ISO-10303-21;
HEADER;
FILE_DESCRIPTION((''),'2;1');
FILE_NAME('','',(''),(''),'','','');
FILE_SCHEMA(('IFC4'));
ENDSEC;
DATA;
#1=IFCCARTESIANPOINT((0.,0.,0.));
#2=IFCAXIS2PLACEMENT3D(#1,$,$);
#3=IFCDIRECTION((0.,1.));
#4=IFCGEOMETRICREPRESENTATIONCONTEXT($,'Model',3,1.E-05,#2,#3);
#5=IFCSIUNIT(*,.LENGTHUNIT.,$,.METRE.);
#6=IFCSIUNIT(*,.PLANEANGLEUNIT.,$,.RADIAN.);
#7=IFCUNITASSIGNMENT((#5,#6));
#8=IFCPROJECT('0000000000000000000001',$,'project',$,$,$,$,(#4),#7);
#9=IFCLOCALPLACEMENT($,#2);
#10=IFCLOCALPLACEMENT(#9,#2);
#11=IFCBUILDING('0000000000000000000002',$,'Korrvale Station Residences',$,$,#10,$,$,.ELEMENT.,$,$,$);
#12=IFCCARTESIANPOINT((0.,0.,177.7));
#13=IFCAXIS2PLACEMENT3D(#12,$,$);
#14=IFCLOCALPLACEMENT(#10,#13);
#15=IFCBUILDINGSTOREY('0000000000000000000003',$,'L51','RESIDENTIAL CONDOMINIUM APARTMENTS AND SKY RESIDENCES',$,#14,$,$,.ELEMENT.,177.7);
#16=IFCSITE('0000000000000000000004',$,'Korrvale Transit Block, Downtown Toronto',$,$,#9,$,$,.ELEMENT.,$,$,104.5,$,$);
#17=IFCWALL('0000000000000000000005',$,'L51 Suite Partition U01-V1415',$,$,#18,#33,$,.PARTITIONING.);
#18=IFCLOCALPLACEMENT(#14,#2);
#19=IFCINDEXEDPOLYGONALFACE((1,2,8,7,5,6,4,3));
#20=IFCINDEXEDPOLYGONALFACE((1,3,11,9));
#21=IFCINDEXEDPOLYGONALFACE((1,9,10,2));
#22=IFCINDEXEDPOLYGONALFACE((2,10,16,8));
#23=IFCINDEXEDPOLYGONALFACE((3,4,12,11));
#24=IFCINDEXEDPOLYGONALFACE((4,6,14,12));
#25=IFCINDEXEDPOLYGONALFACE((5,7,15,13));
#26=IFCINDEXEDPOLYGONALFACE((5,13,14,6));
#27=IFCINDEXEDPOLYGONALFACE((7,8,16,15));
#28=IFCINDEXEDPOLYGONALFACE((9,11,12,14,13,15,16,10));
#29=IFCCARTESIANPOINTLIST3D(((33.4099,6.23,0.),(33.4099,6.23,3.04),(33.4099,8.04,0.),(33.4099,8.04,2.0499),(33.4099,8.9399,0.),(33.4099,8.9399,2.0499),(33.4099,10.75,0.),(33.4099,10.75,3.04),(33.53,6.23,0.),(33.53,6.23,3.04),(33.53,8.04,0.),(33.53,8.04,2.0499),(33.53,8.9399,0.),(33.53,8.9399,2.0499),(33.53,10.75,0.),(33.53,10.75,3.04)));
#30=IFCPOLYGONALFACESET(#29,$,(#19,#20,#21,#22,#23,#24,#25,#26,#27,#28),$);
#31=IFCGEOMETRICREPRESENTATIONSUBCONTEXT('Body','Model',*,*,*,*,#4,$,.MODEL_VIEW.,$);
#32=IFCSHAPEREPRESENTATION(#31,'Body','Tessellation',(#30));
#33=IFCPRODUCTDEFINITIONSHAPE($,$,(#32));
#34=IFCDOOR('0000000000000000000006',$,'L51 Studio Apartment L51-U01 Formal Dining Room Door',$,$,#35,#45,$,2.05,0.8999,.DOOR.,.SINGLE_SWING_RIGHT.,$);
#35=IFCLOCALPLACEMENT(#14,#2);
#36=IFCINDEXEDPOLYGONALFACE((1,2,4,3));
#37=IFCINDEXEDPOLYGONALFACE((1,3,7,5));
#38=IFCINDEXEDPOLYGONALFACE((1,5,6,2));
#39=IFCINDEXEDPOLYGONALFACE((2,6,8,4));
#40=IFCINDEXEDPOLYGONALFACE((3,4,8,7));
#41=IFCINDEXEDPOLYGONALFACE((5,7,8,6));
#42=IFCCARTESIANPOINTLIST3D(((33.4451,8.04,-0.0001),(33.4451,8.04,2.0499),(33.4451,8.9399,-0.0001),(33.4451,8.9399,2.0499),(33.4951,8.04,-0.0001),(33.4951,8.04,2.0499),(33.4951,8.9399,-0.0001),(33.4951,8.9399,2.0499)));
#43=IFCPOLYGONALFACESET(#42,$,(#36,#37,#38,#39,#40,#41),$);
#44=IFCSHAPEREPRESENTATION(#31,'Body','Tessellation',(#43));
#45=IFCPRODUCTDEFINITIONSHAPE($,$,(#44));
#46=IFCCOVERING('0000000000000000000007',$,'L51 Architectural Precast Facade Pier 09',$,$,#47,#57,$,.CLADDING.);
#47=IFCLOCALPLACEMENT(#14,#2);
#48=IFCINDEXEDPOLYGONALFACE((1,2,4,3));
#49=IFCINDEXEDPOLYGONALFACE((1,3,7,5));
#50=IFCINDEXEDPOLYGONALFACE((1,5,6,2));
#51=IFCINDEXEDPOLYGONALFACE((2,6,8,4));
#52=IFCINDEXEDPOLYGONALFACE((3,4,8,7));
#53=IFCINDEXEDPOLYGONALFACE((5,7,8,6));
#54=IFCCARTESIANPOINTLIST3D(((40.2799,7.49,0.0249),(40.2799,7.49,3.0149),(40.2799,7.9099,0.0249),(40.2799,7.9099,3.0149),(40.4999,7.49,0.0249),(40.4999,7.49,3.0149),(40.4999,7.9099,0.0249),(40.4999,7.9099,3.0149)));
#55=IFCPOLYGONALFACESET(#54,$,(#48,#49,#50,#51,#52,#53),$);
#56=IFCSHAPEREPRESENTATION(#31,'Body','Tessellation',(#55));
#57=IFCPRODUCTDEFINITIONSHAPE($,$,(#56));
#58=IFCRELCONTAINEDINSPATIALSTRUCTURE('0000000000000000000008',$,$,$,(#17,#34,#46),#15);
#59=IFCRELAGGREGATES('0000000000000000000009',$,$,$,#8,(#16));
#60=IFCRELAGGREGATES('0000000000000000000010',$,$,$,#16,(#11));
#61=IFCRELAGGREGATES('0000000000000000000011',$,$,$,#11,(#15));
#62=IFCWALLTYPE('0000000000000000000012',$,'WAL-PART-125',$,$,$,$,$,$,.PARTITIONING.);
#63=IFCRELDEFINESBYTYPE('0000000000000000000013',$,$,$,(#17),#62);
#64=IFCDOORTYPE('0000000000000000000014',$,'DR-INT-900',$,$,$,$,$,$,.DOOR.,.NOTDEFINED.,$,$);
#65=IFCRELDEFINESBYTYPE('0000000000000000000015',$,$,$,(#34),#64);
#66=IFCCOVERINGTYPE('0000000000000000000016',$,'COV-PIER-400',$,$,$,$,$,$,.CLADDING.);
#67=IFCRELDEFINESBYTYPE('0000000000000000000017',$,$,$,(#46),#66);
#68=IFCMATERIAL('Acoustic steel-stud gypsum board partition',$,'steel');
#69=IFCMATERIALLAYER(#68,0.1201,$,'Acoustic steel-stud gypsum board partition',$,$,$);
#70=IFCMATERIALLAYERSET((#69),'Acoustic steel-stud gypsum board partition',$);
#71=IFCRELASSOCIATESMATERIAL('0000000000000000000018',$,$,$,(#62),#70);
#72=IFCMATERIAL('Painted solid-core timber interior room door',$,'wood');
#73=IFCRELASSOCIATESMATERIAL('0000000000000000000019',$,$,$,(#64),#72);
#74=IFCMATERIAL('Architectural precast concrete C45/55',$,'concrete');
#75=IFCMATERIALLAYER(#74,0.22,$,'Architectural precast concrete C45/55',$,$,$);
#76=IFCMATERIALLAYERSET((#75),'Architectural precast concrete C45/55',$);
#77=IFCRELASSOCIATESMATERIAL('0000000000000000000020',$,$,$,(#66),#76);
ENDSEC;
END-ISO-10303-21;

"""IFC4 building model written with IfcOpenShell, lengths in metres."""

from ifc_helpers import new_model, si_unit, direction, frame, frame_2d, origin, origin_2d, place, context, subcontext, project, spatial, rectangle, extrude, material, layer, layer_set, type_object, element, fill, save


model = new_model("IFC4")

# Units and contexts
model_context = context("Model", 3, precision=1e-05, world=origin(), true_north=direction((0.0, 1.0)))
body_context = subcontext(model_context, "Body", "Model", "MODEL_VIEW")
ifc_project = project(units=[si_unit("LENGTHUNIT", "METRE"), si_unit("PLANEANGLEUNIT", "RADIAN")], contexts=[model_context])

# Site, building, storey
site_placement = place(None, origin())
site = spatial("IfcSite", under=ifc_project, at=site_placement, Name="Korrvale Transit Block, Downtown Toronto", CompositionType="ELEMENT", RefElevation=104.5)
building_placement = place(site_placement, origin())
building = spatial("IfcBuilding", under=site, at=building_placement, Name="Korrvale Station Residences", CompositionType="ELEMENT")
storey_placement = place(building_placement, frame((0.0, 0.0, 177.7)))
storey = spatial("IfcBuildingStorey", under=building, at=storey_placement, Name="L51", Description="RESIDENTIAL CONDOMINIUM APARTMENTS AND SKY RESIDENCES", CompositionType="ELEMENT", Elevation=177.7)

# Wall, opening, door
ifc_material_1 = material(Name="Acoustic steel-stud gypsum board partition", Category="steel")
ifc_layer_1 = layer(ifc_material_1, 0.1201, Name="Acoustic steel-stud gypsum board partition")
ifc_layer_set_1 = layer_set([ifc_layer_1], Name="Acoustic steel-stud gypsum board partition")
wall_type_1 = type_object("IfcWallType", Name="WAL-PART-125", PredefinedType="PARTITIONING", material=ifc_layer_set_1)
ifc_material_2 = material(Name="Painted solid-core timber interior room door", Category="wood")
door_type_1 = type_object("IfcDoorType", Name="DR-INT-900", OperationType="NOTDEFINED", PredefinedType="DOOR", material=ifc_material_2)
wall_1_placement = place(storey_placement, frame((33.47, 6.23, 0.0), z_axis=(0.0, 0.0, 1.0), x_axis=(0.0, 1.0, 0.0)))
wall_1 = element("IfcWall", 1, at=wall_1_placement, inside=storey, type_object=wall_type_1, Name="L51 Suite Partition U01-V1415", PredefinedType="PARTITIONING", context=body_context, shape_type="SweptSolid", body=[
    extrude(rectangle(XDim=4.52, YDim=0.1201, at=frame_2d((2.26, 0.0))), origin(), (0.0, 0.0, 1.0), 3.04),
])
opening_1_placement = place(wall_1_placement, frame((1.8101, 0.0, 0.0)))
opening_1 = element("IfcOpeningElement", 2, at=opening_1_placement, cuts=wall_1, PredefinedType="OPENING", context=body_context, shape_type="SweptSolid", body=[
    extrude(rectangle(XDim=0.8999, YDim=2.05, at=frame_2d((0.45, 1.0249))), frame((0.0, 0.0701, 0.0), z_axis=(0.0, -1.0, 0.0), x_axis=(1.0, 0.0, 0.0)), (0.0, 0.0, 1.0), 0.1401),
])
door_1_placement = place(opening_1_placement, origin())
door_1 = element("IfcDoor", 3, at=door_1_placement, inside=storey, type_object=door_type_1, Name="L51 Studio Apartment L51-U01 Formal Dining Room Door", OperationType="SINGLE_SWING_RIGHT", OverallHeight=2.05, OverallWidth=0.8999, PredefinedType="DOOR", context=body_context, shape_type="SweptSolid", body=[
    extrude(rectangle(XDim=0.8999, YDim=2.05, at=frame_2d((0.45, 1.0249))), frame((0.0, 0.0249, 0.0), z_axis=(0.0, -1.0, 0.0), x_axis=(1.0, 0.0, 0.0)), (0.0, 0.0, 1.0), 0.05),
])
fill(opening_1, door_1)

# Covering
ifc_material_3 = material(Name="Architectural precast concrete C45/55", Category="concrete")
ifc_layer_2 = layer(ifc_material_3, 0.22, Name="Architectural precast concrete C45/55")
ifc_layer_set_2 = layer_set([ifc_layer_2], Name="Architectural precast concrete C45/55")
covering_type = type_object("IfcCoveringType", Name="COV-PIER-400", PredefinedType="CLADDING", material=ifc_layer_set_2)
covering_placement = place(storey_placement, frame((40.3899, 7.7, 0.0249), z_axis=(0.0, 0.0, 1.0), x_axis=(0.0, 1.0, 0.0)))
element("IfcCovering", 4, at=covering_placement, inside=storey, type_object=covering_type, Name="L51 Architectural Precast Facade Pier 09", PredefinedType="CLADDING", context=body_context, shape_type="SweptSolid", body=[
    extrude(rectangle(XDim=0.4199, YDim=0.22, at=origin_2d()), origin(), (0.0, 0.0, 1.0), 2.99),
])

save(model, "model.ifc")
